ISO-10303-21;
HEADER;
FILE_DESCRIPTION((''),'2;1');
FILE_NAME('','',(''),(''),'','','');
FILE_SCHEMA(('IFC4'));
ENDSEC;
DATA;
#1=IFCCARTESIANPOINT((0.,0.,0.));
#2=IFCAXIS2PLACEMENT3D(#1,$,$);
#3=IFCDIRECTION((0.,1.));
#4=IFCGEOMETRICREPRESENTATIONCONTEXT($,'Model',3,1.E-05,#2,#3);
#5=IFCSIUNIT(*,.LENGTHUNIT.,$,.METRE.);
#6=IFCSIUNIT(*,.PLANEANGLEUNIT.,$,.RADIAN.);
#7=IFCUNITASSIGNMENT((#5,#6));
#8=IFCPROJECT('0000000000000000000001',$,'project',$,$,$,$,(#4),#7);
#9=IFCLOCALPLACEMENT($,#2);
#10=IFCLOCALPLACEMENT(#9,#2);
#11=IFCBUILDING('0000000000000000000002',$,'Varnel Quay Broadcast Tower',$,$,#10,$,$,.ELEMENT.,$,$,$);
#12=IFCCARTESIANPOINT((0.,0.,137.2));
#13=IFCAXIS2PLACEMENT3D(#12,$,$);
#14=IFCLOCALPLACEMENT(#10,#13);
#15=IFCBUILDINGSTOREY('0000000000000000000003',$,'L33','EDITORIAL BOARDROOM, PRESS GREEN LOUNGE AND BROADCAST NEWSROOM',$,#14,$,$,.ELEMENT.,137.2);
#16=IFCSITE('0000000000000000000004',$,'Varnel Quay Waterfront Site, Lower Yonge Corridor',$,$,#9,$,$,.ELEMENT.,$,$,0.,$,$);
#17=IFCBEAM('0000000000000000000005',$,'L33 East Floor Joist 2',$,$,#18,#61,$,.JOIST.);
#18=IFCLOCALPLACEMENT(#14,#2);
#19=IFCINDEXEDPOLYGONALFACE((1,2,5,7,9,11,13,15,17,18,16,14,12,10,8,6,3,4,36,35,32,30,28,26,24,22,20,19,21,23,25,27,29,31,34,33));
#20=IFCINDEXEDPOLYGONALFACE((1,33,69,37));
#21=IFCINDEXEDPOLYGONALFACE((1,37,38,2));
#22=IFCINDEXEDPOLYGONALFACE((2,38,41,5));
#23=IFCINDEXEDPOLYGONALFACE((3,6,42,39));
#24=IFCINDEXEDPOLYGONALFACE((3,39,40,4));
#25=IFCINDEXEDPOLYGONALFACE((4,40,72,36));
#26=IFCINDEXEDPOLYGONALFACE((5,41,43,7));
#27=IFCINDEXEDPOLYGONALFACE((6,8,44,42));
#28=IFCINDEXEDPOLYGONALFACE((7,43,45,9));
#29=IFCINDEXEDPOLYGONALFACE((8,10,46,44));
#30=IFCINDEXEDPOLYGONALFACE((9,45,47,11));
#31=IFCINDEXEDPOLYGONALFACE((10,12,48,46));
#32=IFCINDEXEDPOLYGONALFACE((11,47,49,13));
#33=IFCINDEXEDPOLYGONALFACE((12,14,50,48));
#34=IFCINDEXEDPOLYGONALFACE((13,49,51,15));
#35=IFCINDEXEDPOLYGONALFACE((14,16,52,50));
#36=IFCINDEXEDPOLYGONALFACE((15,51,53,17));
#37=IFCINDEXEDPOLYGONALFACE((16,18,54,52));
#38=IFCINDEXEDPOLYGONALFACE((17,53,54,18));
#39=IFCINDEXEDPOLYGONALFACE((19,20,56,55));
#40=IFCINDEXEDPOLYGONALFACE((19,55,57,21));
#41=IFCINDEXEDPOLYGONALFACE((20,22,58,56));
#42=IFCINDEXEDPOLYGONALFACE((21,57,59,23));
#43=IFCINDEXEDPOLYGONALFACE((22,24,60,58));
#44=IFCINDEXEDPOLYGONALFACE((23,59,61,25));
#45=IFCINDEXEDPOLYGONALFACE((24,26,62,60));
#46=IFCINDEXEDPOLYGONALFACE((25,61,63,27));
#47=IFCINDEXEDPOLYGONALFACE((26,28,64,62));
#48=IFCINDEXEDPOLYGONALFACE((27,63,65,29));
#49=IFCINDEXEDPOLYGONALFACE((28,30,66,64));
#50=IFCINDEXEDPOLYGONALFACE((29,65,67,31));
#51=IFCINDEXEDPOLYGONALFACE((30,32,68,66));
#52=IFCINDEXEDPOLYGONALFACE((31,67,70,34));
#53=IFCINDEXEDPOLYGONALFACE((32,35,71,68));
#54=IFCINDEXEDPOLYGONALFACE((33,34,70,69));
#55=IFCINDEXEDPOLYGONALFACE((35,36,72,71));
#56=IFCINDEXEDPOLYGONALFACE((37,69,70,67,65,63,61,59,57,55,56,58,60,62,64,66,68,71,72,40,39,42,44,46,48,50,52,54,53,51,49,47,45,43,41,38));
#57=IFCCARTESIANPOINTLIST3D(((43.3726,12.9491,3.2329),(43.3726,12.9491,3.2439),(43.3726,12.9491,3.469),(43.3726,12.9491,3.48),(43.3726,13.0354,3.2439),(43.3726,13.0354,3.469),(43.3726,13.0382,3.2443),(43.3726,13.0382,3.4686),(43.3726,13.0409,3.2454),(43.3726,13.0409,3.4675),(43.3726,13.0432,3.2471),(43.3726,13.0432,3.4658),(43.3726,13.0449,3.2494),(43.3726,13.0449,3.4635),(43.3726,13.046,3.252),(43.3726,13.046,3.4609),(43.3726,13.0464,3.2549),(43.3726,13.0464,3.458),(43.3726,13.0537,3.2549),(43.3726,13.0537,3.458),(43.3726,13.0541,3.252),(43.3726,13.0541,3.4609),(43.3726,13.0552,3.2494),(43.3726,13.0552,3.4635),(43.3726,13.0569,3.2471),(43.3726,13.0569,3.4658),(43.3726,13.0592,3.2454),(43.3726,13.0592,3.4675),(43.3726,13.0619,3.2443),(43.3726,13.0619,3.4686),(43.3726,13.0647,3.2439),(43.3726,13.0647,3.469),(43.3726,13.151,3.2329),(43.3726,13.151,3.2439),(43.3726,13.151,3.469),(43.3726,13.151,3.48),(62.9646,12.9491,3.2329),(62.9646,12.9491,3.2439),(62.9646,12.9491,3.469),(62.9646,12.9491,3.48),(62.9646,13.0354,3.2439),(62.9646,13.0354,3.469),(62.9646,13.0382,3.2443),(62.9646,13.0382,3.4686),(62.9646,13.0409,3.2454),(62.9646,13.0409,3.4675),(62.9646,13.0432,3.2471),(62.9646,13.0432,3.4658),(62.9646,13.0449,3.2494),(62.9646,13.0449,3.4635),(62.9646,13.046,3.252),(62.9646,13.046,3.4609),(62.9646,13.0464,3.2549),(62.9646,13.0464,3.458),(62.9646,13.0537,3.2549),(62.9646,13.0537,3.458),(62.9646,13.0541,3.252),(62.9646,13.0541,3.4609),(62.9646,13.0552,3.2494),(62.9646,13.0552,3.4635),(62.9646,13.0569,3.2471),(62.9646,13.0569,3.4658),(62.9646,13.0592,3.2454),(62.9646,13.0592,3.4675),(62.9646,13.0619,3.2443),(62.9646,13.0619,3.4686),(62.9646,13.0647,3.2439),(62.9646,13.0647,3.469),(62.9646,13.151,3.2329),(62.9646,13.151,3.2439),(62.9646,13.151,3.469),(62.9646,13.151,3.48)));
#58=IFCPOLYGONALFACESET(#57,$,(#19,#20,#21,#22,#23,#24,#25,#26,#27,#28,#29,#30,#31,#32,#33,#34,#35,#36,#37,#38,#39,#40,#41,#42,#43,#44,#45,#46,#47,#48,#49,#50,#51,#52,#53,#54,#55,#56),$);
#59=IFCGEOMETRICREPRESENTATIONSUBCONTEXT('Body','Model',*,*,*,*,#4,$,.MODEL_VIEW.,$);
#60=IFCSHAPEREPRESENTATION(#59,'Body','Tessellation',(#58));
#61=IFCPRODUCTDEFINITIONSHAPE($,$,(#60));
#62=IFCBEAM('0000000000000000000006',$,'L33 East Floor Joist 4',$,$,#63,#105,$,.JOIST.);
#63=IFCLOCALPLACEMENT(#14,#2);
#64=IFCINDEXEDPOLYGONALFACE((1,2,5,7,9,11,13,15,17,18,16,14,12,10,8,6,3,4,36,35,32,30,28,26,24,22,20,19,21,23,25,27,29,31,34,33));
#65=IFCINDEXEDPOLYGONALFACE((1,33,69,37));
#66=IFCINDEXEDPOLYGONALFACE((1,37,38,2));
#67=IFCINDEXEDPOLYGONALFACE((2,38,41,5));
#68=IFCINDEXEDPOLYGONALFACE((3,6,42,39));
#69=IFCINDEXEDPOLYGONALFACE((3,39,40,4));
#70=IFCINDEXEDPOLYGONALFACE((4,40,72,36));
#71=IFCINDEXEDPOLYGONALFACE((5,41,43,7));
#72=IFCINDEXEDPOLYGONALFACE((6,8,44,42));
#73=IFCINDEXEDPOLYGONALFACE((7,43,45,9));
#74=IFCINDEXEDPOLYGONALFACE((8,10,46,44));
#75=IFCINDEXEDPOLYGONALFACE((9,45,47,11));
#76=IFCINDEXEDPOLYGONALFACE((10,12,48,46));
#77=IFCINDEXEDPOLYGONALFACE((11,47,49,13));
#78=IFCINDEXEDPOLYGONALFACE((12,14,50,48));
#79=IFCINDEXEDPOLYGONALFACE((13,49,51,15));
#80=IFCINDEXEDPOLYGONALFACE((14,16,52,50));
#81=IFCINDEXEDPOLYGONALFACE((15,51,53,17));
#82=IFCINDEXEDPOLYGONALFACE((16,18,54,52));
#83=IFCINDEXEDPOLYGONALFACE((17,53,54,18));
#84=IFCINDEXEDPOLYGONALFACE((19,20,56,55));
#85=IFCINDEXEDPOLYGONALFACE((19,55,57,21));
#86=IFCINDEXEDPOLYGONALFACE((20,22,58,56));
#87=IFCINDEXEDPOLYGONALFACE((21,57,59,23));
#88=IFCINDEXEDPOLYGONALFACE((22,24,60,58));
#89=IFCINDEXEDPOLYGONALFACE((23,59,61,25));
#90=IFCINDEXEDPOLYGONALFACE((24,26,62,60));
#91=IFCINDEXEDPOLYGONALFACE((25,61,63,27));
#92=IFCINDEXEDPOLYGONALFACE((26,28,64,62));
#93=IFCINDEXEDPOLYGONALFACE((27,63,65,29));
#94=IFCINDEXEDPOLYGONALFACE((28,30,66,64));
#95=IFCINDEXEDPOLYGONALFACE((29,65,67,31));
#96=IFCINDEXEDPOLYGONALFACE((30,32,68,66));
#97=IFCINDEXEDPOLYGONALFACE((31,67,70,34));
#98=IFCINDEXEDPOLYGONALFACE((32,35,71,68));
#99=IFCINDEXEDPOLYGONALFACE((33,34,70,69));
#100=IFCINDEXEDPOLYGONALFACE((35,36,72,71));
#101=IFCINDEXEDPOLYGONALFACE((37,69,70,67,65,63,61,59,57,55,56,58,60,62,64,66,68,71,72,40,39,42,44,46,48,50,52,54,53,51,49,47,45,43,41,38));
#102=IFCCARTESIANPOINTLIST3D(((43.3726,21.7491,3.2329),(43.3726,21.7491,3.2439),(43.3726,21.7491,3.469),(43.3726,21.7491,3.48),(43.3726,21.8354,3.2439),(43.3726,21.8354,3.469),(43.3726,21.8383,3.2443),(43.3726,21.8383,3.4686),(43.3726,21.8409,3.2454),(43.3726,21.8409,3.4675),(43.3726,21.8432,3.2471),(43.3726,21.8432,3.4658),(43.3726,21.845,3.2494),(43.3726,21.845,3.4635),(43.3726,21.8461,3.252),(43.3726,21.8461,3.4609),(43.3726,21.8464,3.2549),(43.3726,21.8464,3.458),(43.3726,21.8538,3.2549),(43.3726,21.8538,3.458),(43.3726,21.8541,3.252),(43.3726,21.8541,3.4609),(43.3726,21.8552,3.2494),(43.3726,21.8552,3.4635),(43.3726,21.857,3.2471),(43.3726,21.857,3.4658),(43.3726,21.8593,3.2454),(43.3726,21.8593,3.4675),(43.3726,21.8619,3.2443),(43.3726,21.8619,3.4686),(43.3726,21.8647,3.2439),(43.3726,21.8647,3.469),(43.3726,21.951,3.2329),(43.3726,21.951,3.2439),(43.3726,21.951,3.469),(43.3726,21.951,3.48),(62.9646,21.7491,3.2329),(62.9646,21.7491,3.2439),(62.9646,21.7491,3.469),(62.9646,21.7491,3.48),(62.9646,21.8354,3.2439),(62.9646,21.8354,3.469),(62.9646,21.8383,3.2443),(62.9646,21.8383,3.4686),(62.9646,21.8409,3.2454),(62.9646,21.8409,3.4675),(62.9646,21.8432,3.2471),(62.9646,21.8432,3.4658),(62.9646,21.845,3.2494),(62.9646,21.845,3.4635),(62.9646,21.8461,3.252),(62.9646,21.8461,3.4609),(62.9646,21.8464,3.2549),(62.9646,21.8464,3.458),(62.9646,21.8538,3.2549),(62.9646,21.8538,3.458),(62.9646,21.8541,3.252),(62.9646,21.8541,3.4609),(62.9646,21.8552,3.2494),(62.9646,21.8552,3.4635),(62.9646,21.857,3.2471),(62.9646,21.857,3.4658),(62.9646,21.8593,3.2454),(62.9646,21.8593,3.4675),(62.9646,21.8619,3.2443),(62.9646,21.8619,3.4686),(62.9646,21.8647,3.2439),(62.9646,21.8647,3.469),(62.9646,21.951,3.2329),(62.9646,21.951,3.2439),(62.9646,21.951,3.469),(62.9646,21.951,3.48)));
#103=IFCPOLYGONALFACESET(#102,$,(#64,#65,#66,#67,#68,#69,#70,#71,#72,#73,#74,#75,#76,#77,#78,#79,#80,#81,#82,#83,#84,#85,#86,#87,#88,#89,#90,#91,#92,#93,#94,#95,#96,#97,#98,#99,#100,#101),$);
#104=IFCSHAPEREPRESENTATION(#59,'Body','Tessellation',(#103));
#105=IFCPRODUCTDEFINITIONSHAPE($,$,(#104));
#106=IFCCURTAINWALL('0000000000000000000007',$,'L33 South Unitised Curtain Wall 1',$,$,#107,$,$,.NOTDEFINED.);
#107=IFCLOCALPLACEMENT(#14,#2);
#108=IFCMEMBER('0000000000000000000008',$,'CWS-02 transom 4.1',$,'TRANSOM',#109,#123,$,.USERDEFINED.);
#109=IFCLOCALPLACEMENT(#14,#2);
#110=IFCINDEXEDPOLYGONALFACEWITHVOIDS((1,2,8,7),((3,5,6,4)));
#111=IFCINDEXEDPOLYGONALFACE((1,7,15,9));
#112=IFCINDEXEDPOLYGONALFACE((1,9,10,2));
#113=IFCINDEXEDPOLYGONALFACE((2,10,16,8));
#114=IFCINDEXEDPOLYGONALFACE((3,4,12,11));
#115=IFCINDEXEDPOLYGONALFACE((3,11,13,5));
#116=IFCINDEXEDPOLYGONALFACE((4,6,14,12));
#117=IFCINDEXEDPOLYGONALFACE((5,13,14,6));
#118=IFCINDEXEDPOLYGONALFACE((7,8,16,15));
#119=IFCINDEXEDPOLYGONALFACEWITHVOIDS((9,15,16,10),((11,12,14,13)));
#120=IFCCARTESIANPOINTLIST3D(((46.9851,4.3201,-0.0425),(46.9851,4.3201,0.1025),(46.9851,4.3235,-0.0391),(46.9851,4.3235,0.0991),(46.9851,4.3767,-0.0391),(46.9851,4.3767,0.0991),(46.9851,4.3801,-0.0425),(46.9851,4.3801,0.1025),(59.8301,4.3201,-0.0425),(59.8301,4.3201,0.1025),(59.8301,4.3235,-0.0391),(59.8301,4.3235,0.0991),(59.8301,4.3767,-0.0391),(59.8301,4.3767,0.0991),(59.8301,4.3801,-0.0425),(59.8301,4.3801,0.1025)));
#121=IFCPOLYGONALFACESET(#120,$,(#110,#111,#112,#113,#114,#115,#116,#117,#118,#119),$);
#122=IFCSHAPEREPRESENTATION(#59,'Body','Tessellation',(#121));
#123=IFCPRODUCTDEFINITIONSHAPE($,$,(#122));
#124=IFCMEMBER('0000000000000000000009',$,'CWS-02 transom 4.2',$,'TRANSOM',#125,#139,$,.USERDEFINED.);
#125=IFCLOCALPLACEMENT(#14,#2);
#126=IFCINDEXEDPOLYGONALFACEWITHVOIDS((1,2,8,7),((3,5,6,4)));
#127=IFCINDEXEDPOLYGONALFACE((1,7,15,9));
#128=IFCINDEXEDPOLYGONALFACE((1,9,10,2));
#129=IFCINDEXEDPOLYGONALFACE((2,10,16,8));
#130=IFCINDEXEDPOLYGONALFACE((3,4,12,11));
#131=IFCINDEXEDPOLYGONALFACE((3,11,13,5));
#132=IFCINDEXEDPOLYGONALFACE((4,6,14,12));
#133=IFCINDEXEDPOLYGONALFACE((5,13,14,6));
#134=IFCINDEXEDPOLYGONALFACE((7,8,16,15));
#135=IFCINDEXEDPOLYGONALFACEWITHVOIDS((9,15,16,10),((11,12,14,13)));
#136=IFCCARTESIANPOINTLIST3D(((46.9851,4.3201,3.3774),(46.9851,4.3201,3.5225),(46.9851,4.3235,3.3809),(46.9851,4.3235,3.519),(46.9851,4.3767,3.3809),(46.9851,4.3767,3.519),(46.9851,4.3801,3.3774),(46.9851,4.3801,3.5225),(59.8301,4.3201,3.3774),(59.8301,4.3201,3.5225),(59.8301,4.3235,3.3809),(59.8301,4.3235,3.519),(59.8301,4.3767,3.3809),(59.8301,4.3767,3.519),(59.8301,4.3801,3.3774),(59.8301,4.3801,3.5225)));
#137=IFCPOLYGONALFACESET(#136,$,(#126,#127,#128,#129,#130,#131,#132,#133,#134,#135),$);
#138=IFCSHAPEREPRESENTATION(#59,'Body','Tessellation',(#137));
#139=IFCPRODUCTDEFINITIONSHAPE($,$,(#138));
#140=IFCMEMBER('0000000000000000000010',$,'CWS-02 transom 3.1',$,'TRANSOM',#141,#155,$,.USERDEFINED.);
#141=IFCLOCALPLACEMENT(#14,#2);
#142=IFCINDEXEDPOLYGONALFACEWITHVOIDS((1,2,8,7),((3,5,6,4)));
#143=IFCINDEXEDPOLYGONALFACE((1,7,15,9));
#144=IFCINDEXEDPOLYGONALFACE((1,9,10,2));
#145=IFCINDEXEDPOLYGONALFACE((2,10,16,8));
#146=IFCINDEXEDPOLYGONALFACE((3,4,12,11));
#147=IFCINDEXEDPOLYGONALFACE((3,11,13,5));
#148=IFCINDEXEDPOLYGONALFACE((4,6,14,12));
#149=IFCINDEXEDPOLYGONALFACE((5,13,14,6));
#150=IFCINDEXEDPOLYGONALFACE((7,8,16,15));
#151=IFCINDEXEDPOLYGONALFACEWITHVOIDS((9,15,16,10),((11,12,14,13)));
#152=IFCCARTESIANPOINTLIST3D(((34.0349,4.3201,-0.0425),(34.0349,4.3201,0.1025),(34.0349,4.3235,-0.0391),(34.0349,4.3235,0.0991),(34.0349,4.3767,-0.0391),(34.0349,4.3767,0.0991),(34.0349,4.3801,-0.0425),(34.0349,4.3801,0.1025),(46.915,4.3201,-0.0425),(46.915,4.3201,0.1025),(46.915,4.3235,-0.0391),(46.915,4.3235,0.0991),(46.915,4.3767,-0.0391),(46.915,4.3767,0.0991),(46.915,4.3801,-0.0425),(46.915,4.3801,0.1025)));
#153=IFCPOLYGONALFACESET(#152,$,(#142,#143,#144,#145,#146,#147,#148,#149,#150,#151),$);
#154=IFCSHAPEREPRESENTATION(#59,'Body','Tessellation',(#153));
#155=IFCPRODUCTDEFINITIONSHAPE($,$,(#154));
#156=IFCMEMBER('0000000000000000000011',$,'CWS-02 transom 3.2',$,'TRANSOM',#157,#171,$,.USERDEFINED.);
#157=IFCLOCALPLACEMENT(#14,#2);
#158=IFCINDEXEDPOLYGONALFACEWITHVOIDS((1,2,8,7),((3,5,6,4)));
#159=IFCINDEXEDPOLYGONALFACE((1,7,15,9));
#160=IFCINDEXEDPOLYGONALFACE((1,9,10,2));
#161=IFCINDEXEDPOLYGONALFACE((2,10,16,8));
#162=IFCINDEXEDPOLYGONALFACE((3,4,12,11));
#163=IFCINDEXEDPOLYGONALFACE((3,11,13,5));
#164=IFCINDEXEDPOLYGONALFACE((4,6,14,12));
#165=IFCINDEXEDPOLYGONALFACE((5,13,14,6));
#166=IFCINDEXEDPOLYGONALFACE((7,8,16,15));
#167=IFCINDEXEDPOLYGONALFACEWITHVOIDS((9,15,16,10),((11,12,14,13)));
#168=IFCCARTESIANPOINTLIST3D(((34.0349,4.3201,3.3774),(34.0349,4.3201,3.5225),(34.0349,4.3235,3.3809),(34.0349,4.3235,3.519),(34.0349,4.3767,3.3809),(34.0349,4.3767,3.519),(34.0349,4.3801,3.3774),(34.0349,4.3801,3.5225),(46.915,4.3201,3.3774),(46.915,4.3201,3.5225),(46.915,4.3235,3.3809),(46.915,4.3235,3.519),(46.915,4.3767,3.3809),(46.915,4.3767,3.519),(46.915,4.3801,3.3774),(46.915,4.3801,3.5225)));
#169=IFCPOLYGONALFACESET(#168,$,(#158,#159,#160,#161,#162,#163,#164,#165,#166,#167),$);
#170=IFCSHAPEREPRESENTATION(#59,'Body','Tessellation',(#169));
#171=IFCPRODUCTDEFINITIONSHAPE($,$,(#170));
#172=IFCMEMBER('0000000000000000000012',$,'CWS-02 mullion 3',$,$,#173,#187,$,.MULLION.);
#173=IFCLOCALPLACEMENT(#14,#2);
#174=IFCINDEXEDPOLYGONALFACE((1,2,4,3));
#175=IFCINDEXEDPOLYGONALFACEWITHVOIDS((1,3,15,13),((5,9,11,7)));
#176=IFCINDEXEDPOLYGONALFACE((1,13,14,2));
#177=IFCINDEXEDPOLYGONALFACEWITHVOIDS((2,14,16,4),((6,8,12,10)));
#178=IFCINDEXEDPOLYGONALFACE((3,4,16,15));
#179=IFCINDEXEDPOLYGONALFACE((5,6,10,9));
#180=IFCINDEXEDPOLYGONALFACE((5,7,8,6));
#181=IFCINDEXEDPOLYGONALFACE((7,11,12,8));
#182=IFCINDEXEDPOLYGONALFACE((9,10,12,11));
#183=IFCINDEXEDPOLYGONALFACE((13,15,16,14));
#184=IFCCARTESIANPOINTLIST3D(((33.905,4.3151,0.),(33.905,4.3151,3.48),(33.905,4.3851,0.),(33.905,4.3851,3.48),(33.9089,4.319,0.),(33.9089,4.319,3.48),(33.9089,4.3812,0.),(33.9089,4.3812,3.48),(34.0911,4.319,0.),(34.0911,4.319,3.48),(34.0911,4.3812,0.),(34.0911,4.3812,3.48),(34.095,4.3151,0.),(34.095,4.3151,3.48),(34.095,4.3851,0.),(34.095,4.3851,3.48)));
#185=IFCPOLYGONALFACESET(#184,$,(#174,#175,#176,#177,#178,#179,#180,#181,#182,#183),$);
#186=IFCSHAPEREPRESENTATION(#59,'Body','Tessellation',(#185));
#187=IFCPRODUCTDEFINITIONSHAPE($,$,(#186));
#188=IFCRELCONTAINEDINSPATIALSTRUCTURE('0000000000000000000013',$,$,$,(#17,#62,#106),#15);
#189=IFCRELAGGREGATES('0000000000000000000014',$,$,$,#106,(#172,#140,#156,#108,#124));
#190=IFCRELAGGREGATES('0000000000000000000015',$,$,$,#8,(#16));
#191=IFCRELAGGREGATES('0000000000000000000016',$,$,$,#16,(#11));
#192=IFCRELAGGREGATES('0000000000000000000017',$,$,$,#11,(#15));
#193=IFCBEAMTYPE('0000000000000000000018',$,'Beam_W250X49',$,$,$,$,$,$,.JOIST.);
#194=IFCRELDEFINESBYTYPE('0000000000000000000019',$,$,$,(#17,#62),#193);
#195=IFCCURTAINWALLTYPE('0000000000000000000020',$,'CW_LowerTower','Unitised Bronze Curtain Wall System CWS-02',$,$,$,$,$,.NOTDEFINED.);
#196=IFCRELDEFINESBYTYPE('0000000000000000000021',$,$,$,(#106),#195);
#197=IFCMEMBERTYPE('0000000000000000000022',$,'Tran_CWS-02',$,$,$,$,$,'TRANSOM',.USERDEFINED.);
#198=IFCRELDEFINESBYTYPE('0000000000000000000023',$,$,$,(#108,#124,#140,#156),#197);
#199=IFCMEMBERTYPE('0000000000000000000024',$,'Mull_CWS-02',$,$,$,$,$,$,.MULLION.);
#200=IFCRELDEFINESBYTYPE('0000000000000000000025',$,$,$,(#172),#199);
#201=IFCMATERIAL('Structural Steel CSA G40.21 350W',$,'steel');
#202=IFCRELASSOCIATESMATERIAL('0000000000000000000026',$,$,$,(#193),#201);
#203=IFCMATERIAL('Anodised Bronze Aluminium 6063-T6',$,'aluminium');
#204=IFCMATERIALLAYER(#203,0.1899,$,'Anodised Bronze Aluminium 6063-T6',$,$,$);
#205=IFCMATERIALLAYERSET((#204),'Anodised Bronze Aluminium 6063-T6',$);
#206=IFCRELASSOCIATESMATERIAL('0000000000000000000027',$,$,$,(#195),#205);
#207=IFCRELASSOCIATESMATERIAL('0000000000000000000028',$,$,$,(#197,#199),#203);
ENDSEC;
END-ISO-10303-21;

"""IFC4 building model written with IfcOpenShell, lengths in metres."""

from ifc_helpers import new_model, si_unit, direction, frame, origin, origin_2d, place, context, subcontext, project, spatial, hollow_rectangle, i_section, extrude, source, transform, mapped, material, layer, layer_set, material_profile, profile_set, type_object, type_shapes, element, aggregate, save


model = new_model("IFC4")

# Units and contexts
model_context = context("Model", 3, precision=1e-05, world=origin(), true_north=direction((0.0, 1.0)))
body_context = subcontext(model_context, "Body", "Model", "MODEL_VIEW")
ifc_project = project(units=[si_unit("LENGTHUNIT", "METRE"), si_unit("PLANEANGLEUNIT", "RADIAN")], contexts=[model_context])

# Site, building, storey
site_placement = place(None, origin())
site = spatial("IfcSite", under=ifc_project, at=site_placement, Name="Varnel Quay Waterfront Site, Lower Yonge Corridor", CompositionType="ELEMENT", RefElevation=0.0)
building_placement = place(site_placement, origin())
building = spatial("IfcBuilding", under=site, at=building_placement, Name="Varnel Quay Broadcast Tower", CompositionType="ELEMENT")
storey_placement = place(building_placement, frame((0.0, 0.0, 137.2)))
storey = spatial("IfcBuildingStorey", under=building, at=storey_placement, Name="L33", Description="EDITORIAL BOARDROOM, PRESS GREEN LOUNGE AND BROADCAST NEWSROOM", CompositionType="ELEMENT", Elevation=137.2)

# Shared definitions
ifc_material_1 = material(Name="Structural Steel CSA G40.21 350W", Category="steel")

# Beams
ifc_material_profile_1 = material_profile(ifc_material_1, i_section(OverallWidth=0.2019, OverallDepth=0.2471, WebThickness=0.0073, FlangeThickness=0.011, FilletRadius=0.011, at=origin_2d()), Name="W250X49")
ifc_profile_set_1 = profile_set([ifc_material_profile_1], Name="Structural Steel CSA G40.21 350W")
beam_type_1 = type_object("IfcBeamType", Name="Beam_W250X49", PredefinedType="JOIST", material=ifc_profile_set_1)
shared_shape_1 = source(origin(), body_context, "Body", "SweptSolid", [
    extrude(i_section(OverallWidth=0.2019, OverallDepth=0.2471, WebThickness=0.0073, FlangeThickness=0.011, FilletRadius=0.011, at=origin_2d()), origin(), (0.0, 0.0, 1.0), 19.592),
])
type_shapes(beam_type_1, [shared_shape_1])
for number, where, z_axis, x_axis, name in (
    (1, (43.3726, 13.05, 3.3564), (1.0, 0.0, 0.0), (0.0, 1.0, 0.0), "L33 East Floor Joist 2"),
    (2, (43.3726, 21.8501, 3.3564), (1.0, 0.0, 0.0), (0.0, 1.0, 0.0), "L33 East Floor Joist 4"),
):
    element("IfcBeam", number, at=place(storey_placement, frame(where, z_axis=z_axis, x_axis=x_axis)), inside=storey, type_object=beam_type_1, Name=name, PredefinedType="JOIST", context=body_context, shape_type="MappedRepresentation", body=[
        mapped(shared_shape_1, transform((0.0, 0.0, 0.0), x_axis=(1.0, 0.0, 0.0), y_axis=(0.0, 1.0, 0.0), z_axis=(0.0, 0.0, 1.0), scale=1.0)),
    ])

# Curtain wall, members
ifc_material_2 = material(Name="Anodised Bronze Aluminium 6063-T6", Category="aluminium")
ifc_layer_1 = layer(ifc_material_2, 0.1899, Name="Anodised Bronze Aluminium 6063-T6")
ifc_layer_set_1 = layer_set([ifc_layer_1], Name="Anodised Bronze Aluminium 6063-T6")
curtain_wall_type = type_object("IfcCurtainWallType", Name="CW_LowerTower", Description="Unitised Bronze Curtain Wall System CWS-02", PredefinedType="NOTDEFINED", material=ifc_layer_set_1)
curtain_wall_placement = place(storey_placement, origin())
curtain_wall = element("IfcCurtainWall", 3, at=curtain_wall_placement, inside=storey, type_object=curtain_wall_type, Name="L33 South Unitised Curtain Wall 1", PredefinedType="NOTDEFINED")
ifc_material_profile_2 = material_profile(ifc_material_2, hollow_rectangle(XDim=0.0601, YDim=0.145, WallThickness=0.0034, at=origin_2d()), Name="ALU60X145X3.5")
ifc_profile_set_2 = profile_set([ifc_material_profile_2], Name="Anodised Bronze Aluminium 6063-T6")
member_type_1 = type_object("IfcMemberType", Name="Tran_CWS-02", ElementType="TRANSOM", PredefinedType="USERDEFINED", material=ifc_profile_set_2)
shared_shape_2 = source(origin(), body_context, "Body", "SweptSolid", [
    extrude(hollow_rectangle(XDim=0.0601, YDim=0.145, WallThickness=0.0034, at=origin_2d()), origin(), (0.0, 0.0, 1.0), 12.845),
])
member_1_placement = place(storey_placement, frame((46.9851, 4.3501, 0.03), z_axis=(1.0, 0.0, 0.0), x_axis=(0.0, 1.0, 0.0)))
member_1 = element("IfcMember", 4, at=member_1_placement, type_object=member_type_1, Name="CWS-02 transom 4.1", ObjectType="TRANSOM", PredefinedType="USERDEFINED", context=body_context, shape_type="MappedRepresentation", body=[
    mapped(shared_shape_2, transform((0.0, 0.0, 0.0), x_axis=(1.0, 0.0, 0.0), y_axis=(0.0, 1.0, 0.0), z_axis=(0.0, 0.0, 1.0), scale=1.0)),
])
member_2_placement = place(storey_placement, frame((46.9851, 4.3501, 3.45), z_axis=(1.0, 0.0, 0.0), x_axis=(0.0, 1.0, 0.0)))
member_2 = element("IfcMember", 5, at=member_2_placement, type_object=member_type_1, Name="CWS-02 transom 4.2", ObjectType="TRANSOM", PredefinedType="USERDEFINED", context=body_context, shape_type="MappedRepresentation", body=[
    mapped(shared_shape_2, transform((0.0, 0.0, 0.0), x_axis=(1.0, 0.0, 0.0), y_axis=(0.0, 1.0, 0.0), z_axis=(0.0, 0.0, 1.0), scale=1.0)),
])
shared_shape_3 = source(origin(), body_context, "Body", "SweptSolid", [
    extrude(hollow_rectangle(XDim=0.0601, YDim=0.145, WallThickness=0.0034, at=origin_2d()), origin(), (0.0, 0.0, 1.0), 12.8801),
])
type_shapes(member_type_1, [shared_shape_2, shared_shape_3])
member_3_placement = place(storey_placement, frame((34.0349, 4.3501, 0.03), z_axis=(1.0, 0.0, 0.0), x_axis=(0.0, 1.0, 0.0)))
member_3 = element("IfcMember", 6, at=member_3_placement, type_object=member_type_1, Name="CWS-02 transom 3.1", ObjectType="TRANSOM", PredefinedType="USERDEFINED", context=body_context, shape_type="MappedRepresentation", body=[
    mapped(shared_shape_3, transform((0.0, 0.0, 0.0), x_axis=(1.0, 0.0, 0.0), y_axis=(0.0, 1.0, 0.0), z_axis=(0.0, 0.0, 1.0), scale=1.0)),
])
member_4_placement = place(storey_placement, frame((34.0349, 4.3501, 3.45), z_axis=(1.0, 0.0, 0.0), x_axis=(0.0, 1.0, 0.0)))
member_4 = element("IfcMember", 7, at=member_4_placement, type_object=member_type_1, Name="CWS-02 transom 3.2", ObjectType="TRANSOM", PredefinedType="USERDEFINED", context=body_context, shape_type="MappedRepresentation", body=[
    mapped(shared_shape_3, transform((0.0, 0.0, 0.0), x_axis=(1.0, 0.0, 0.0), y_axis=(0.0, 1.0, 0.0), z_axis=(0.0, 0.0, 1.0), scale=1.0)),
])
ifc_material_profile_3 = material_profile(ifc_material_2, hollow_rectangle(XDim=0.0701, YDim=0.1899, WallThickness=0.0039, at=origin_2d()), Name="ALU70X190X4")
ifc_profile_set_3 = profile_set([ifc_material_profile_3], Name="Anodised Bronze Aluminium 6063-T6")
member_type_2 = type_object("IfcMemberType", Name="Mull_CWS-02", PredefinedType="MULLION", material=ifc_profile_set_3)
shared_shape_4 = source(origin(), body_context, "Body", "SweptSolid", [
    extrude(hollow_rectangle(XDim=0.0701, YDim=0.1899, WallThickness=0.0039, at=origin_2d()), origin(), (0.0, 0.0, 1.0), 3.48),
])
type_shapes(member_type_2, [shared_shape_4])
member_5_placement = place(storey_placement, frame((34.0, 4.3501, 0.0), z_axis=(0.0, 0.0, 1.0), x_axis=(0.0, 1.0, 0.0)))
member_5 = element("IfcMember", 8, at=member_5_placement, type_object=member_type_2, Name="CWS-02 mullion 3", PredefinedType="MULLION", context=body_context, shape_type="MappedRepresentation", body=[
    mapped(shared_shape_4, transform((0.0, 0.0, 0.0), x_axis=(1.0, 0.0, 0.0), y_axis=(0.0, 1.0, 0.0), z_axis=(0.0, 0.0, 1.0), scale=1.0)),
])

aggregate(curtain_wall, [member_5, member_3, member_4, member_1, member_2])

save(model, "model.ifc")
